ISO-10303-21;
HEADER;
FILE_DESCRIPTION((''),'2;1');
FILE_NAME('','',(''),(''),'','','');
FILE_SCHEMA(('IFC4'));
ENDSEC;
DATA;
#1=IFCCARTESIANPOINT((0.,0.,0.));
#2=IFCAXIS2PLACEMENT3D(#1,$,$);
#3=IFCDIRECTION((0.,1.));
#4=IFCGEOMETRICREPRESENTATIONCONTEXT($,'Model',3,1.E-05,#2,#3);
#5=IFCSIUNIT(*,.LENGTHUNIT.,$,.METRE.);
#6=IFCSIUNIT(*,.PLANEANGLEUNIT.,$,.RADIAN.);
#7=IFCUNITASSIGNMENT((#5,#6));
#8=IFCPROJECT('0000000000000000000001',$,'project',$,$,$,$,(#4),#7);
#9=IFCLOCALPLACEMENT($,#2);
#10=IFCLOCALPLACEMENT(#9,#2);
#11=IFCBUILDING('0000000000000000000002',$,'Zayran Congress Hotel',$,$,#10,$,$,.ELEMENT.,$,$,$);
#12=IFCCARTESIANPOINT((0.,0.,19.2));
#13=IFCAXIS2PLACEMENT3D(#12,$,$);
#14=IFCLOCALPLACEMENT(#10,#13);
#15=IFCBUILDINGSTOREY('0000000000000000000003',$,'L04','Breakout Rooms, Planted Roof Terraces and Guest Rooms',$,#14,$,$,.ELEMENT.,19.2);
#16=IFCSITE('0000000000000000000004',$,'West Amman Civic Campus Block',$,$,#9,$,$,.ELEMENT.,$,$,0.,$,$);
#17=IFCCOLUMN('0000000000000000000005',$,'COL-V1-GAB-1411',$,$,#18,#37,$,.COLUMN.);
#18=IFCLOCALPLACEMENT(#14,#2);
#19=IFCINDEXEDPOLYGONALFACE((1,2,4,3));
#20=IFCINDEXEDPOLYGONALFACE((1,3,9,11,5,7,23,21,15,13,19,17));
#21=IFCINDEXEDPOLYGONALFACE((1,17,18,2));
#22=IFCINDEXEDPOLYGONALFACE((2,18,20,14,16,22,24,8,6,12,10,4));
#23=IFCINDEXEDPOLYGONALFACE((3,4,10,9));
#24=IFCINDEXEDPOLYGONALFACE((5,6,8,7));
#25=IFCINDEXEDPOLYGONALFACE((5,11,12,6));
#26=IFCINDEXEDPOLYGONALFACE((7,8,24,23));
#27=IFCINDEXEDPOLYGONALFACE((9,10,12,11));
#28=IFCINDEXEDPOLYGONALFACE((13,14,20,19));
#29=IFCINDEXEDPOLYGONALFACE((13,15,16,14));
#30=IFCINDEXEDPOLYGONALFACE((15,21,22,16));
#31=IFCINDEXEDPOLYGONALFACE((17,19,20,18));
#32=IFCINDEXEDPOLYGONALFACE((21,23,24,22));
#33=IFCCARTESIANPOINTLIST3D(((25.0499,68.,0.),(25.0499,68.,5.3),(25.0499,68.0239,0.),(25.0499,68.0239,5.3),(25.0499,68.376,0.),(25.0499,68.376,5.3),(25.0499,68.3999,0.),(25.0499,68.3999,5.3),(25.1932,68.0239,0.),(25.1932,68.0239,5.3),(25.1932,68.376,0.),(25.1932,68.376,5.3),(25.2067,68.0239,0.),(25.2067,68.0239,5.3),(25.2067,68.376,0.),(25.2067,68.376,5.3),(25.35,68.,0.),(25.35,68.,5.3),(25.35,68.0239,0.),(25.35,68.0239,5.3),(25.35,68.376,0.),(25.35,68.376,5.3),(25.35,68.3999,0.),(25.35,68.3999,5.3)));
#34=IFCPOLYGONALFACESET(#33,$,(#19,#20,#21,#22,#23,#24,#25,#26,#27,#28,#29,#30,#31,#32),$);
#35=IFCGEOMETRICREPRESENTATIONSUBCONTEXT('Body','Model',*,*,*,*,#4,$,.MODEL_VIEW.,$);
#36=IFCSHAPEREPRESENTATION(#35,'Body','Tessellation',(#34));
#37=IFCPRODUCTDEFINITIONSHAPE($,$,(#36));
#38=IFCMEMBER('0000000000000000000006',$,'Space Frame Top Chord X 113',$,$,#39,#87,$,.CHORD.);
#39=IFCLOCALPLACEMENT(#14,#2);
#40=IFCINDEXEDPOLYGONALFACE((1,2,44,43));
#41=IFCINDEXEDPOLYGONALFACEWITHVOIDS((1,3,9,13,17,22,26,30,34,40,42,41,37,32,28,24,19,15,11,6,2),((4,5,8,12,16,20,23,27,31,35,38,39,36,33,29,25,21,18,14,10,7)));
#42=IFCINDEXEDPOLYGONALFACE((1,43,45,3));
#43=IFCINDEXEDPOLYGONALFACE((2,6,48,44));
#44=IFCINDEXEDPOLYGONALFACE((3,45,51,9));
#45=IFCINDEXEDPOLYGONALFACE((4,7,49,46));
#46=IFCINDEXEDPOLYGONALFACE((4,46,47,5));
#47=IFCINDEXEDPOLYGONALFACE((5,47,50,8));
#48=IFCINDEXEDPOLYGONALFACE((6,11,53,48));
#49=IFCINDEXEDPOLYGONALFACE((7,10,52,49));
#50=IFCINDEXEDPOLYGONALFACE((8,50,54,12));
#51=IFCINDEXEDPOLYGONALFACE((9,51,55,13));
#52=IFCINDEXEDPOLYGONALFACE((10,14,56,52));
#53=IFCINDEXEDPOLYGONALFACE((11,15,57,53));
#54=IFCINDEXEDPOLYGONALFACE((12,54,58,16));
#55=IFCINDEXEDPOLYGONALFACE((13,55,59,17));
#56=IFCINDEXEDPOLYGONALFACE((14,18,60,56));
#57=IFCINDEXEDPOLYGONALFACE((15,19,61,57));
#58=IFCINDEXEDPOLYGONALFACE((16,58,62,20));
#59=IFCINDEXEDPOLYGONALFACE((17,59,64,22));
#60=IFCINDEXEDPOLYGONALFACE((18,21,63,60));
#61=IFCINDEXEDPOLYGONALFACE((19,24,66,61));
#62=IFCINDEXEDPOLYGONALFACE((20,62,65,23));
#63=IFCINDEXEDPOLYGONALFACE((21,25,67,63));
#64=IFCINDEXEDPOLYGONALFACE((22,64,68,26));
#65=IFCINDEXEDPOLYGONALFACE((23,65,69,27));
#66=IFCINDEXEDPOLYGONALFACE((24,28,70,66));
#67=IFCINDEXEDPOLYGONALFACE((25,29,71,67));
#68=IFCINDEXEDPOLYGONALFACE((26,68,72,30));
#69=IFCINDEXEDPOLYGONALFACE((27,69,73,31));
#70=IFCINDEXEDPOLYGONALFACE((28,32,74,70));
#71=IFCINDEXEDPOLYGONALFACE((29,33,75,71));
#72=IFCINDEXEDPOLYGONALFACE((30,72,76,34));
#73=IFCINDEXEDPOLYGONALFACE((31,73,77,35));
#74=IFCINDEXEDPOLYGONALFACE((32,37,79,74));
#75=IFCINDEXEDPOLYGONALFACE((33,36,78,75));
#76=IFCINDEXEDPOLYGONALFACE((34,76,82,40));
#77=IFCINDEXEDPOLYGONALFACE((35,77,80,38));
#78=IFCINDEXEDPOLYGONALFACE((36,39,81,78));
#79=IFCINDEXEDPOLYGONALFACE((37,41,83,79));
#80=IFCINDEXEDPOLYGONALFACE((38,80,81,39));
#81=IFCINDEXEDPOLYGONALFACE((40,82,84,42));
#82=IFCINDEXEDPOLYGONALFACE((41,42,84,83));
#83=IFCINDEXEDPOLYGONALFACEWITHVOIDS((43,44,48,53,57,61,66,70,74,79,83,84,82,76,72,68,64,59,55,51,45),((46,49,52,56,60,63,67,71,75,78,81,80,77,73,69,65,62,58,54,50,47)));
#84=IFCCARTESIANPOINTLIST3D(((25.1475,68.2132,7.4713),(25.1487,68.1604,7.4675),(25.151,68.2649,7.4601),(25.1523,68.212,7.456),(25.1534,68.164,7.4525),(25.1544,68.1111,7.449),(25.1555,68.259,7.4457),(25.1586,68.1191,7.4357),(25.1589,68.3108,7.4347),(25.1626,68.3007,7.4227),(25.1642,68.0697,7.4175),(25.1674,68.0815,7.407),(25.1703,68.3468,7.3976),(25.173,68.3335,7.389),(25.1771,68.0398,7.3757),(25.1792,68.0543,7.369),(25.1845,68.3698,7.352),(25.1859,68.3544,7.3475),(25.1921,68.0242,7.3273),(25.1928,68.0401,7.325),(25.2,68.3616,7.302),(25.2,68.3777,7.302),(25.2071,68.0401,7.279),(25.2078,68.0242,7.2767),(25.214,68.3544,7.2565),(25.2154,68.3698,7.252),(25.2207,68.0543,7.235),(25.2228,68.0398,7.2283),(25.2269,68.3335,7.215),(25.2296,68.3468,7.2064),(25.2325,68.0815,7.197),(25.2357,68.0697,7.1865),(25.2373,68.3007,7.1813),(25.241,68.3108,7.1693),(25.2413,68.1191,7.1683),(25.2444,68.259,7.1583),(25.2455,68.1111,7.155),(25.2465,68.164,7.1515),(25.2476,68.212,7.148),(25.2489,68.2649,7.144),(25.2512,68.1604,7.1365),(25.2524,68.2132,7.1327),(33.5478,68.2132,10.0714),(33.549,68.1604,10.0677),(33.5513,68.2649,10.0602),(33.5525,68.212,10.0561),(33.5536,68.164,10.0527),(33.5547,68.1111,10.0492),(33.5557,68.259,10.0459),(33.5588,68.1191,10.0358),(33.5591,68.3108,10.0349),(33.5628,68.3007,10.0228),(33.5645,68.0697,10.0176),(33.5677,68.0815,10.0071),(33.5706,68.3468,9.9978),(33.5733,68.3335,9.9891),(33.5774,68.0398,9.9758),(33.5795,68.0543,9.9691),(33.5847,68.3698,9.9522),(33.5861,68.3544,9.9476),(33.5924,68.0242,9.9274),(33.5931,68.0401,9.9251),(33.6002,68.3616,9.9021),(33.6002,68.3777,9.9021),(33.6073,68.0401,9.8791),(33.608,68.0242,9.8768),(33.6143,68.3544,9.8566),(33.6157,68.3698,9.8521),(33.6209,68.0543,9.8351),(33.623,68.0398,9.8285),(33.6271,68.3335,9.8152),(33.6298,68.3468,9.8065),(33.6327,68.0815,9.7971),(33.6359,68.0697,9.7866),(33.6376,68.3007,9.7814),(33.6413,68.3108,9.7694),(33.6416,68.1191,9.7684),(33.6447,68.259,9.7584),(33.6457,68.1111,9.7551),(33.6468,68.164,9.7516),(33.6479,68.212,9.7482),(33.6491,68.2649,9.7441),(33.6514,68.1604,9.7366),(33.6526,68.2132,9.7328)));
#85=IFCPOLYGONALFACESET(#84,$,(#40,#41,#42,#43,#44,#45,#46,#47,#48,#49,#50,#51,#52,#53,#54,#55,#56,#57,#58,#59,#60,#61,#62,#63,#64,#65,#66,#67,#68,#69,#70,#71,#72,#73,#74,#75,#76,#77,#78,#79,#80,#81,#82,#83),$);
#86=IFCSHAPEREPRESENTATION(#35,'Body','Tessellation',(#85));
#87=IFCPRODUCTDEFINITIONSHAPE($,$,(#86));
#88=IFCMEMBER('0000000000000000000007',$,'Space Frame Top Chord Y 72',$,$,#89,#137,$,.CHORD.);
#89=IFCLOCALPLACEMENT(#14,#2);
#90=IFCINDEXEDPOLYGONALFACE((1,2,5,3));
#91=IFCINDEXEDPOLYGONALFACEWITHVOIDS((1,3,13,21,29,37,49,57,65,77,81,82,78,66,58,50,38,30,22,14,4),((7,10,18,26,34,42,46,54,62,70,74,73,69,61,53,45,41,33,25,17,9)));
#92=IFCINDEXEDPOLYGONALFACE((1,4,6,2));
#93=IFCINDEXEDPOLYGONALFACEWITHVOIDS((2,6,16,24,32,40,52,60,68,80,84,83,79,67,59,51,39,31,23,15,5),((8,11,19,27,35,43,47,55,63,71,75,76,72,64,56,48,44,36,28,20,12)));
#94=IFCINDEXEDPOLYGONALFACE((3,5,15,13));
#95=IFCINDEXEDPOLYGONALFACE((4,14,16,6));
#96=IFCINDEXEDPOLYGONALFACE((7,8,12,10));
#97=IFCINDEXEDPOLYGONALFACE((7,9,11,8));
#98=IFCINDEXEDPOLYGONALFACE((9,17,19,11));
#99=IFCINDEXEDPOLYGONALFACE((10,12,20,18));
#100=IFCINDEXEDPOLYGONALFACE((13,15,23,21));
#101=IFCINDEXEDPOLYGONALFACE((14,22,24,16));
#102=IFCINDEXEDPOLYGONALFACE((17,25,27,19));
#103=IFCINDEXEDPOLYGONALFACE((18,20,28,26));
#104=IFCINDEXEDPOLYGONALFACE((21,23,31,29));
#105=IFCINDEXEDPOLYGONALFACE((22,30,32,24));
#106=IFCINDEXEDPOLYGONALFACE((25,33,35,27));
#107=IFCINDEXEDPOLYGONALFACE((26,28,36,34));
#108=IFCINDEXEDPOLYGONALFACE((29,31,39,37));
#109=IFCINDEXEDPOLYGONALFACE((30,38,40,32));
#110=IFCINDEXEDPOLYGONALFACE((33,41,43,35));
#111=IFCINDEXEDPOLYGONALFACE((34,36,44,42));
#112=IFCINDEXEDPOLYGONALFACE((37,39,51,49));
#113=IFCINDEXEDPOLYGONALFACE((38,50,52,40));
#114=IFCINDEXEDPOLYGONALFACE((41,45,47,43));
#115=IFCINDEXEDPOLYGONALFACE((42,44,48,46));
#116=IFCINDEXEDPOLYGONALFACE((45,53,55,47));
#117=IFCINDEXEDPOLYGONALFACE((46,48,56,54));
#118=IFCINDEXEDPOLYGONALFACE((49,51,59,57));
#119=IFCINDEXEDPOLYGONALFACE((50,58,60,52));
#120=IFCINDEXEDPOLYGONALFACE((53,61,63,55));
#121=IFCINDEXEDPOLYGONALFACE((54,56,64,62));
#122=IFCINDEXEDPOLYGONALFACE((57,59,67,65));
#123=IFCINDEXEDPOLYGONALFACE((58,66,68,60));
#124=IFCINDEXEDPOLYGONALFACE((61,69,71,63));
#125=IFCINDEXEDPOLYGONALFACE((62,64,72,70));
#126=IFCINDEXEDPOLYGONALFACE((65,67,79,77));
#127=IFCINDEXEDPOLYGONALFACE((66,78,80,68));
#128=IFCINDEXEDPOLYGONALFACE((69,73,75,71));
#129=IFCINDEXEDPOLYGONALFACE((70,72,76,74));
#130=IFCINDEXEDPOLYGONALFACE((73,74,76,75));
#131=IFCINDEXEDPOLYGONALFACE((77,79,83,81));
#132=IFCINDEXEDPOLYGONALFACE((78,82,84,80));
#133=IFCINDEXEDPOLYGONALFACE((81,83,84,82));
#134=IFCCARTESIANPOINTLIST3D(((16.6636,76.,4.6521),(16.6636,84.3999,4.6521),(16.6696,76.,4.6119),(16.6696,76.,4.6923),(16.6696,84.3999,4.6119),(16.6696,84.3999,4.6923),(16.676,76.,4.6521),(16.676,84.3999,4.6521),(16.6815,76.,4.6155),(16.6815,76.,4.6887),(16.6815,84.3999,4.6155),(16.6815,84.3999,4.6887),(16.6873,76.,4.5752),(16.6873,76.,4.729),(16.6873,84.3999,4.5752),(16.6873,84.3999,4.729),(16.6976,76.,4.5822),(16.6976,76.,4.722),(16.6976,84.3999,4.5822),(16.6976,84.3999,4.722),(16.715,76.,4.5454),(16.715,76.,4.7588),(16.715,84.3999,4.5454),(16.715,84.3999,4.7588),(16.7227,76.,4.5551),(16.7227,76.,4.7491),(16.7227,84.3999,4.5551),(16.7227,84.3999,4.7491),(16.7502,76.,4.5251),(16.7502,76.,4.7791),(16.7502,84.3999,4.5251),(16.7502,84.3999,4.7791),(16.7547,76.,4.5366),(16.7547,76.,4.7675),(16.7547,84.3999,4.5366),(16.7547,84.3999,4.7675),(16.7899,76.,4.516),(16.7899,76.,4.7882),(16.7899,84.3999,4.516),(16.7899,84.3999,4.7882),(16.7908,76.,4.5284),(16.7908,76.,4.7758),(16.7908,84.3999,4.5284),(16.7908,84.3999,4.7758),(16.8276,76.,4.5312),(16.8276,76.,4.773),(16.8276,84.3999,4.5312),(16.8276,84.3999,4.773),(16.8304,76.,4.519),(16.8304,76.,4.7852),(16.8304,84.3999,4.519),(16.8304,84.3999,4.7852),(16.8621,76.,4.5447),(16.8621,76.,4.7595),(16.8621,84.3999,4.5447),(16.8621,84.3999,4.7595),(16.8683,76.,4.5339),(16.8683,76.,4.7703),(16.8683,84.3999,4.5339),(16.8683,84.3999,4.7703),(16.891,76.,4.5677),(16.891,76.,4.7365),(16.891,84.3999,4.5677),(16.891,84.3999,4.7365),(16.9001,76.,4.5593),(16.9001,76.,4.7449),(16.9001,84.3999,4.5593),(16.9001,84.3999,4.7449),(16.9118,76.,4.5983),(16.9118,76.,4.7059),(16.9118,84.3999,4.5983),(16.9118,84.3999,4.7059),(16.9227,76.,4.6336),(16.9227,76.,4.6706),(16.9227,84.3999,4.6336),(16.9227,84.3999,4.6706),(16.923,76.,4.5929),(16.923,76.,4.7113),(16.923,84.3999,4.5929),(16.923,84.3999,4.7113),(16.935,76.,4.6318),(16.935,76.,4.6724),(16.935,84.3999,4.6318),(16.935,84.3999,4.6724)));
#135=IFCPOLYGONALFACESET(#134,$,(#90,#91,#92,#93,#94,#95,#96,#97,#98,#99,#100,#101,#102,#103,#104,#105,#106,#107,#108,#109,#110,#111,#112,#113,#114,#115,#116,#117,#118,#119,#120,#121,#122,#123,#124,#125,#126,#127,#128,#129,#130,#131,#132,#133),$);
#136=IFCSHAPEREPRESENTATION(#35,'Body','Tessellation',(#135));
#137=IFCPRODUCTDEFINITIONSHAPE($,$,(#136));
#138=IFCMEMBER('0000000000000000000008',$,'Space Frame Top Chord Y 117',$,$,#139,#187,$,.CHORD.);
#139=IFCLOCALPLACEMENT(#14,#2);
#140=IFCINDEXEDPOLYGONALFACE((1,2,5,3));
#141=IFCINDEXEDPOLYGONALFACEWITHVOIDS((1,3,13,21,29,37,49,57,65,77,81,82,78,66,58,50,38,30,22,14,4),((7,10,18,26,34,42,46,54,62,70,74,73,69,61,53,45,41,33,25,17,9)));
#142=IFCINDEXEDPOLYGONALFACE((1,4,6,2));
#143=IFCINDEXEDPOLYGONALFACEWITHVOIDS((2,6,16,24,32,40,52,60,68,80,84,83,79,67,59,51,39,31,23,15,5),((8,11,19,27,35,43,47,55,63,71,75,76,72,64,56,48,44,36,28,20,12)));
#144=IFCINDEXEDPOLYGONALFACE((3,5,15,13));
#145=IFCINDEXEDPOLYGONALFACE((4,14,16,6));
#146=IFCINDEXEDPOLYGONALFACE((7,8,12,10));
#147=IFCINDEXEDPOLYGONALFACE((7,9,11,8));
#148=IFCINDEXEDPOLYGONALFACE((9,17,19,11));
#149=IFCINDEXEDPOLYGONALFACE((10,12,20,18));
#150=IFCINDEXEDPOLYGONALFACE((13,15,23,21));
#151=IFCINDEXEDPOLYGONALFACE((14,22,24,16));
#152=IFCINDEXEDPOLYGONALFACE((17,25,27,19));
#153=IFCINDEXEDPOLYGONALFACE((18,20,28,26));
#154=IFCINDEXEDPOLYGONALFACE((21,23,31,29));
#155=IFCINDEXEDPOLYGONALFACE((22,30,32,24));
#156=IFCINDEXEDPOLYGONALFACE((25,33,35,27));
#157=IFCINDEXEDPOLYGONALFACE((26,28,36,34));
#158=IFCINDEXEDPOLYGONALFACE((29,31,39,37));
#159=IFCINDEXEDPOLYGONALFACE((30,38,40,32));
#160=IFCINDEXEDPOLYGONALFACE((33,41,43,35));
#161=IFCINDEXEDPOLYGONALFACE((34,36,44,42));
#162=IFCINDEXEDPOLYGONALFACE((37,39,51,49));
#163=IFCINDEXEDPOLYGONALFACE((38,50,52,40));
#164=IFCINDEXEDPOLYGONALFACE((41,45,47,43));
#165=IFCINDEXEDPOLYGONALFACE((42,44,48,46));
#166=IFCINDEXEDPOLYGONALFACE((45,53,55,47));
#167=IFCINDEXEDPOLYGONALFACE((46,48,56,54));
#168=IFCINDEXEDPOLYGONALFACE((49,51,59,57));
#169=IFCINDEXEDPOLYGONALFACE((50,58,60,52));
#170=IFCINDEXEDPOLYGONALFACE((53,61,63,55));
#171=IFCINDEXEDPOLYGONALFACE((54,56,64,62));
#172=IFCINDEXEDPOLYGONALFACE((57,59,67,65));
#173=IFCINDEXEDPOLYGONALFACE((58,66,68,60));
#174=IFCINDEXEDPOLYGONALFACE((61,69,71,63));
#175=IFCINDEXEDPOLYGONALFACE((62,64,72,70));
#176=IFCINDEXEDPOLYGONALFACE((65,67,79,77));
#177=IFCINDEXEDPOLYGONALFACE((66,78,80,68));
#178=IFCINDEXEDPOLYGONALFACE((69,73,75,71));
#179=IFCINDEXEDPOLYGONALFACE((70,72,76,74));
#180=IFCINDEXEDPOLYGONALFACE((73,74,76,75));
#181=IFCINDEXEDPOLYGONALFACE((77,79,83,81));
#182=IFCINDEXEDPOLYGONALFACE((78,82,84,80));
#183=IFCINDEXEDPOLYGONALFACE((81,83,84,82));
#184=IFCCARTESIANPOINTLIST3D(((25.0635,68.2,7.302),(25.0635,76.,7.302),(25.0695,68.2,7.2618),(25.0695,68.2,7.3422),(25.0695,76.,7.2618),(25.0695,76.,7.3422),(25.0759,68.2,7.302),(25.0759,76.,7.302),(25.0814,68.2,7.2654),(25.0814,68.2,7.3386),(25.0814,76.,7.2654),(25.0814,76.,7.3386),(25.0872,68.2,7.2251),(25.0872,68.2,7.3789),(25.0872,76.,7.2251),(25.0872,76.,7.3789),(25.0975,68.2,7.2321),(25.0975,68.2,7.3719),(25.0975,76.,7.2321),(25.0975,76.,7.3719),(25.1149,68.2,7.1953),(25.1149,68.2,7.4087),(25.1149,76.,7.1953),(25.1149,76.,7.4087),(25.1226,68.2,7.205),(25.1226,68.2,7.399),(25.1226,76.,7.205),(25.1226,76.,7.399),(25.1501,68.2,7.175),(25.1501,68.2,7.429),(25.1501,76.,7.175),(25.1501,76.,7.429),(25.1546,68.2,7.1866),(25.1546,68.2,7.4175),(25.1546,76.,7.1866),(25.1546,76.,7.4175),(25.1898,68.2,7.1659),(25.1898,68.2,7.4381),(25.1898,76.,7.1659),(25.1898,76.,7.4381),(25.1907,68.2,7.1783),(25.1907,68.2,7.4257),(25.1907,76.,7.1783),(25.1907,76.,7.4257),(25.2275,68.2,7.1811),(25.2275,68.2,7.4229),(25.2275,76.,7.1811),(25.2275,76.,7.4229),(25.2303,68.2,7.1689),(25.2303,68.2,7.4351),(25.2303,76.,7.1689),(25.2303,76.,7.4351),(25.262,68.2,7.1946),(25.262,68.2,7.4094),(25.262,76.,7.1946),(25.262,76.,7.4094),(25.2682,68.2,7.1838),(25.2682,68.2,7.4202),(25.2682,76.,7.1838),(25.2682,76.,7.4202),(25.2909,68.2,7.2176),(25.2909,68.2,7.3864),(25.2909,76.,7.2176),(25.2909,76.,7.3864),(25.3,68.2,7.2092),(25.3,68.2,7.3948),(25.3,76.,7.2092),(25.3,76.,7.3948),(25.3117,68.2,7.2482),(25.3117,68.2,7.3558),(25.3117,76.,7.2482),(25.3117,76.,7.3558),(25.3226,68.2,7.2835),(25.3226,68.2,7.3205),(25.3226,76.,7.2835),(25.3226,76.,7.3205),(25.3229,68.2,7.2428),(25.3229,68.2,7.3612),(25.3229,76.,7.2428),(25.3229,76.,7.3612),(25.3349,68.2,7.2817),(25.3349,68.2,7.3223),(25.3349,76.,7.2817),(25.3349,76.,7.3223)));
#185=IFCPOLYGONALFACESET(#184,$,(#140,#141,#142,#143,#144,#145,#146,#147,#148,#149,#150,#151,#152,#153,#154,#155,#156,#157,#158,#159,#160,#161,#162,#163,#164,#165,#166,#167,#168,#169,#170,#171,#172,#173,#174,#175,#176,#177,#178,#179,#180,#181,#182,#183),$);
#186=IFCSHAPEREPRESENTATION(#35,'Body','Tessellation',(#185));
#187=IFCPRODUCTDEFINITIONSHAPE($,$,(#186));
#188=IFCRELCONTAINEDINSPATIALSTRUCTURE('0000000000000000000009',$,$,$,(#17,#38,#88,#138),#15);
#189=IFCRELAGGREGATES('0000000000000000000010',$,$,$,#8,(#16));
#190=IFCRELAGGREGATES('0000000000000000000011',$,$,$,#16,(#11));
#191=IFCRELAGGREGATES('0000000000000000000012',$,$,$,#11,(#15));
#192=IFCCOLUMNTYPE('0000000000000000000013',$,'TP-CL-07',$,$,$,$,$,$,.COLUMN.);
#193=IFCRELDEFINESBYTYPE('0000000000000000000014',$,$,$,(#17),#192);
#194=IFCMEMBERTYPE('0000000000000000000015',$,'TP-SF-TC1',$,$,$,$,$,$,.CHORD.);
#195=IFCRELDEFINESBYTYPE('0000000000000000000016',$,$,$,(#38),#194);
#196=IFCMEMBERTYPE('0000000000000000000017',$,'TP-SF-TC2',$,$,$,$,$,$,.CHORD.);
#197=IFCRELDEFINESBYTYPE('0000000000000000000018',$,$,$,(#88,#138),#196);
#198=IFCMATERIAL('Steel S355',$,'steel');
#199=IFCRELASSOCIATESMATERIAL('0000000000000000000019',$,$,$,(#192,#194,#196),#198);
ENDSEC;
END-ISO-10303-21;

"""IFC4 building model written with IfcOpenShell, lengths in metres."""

from ifc_helpers import new_model, si_unit, direction, frame, origin, origin_2d, place, context, subcontext, project, spatial, hollow_circle, i_section, extrude, material, material_profile, profile_set, type_object, element, save


model = new_model("IFC4")

# Units and contexts
model_context = context("Model", 3, precision=1e-05, world=origin(), true_north=direction((0.0, 1.0)))
body_context = subcontext(model_context, "Body", "Model", "MODEL_VIEW")
ifc_project = project(units=[si_unit("LENGTHUNIT", "METRE"), si_unit("PLANEANGLEUNIT", "RADIAN")], contexts=[model_context])

# Site, building, storey
site_placement = place(None, origin())
site = spatial("IfcSite", under=ifc_project, at=site_placement, Name="West Amman Civic Campus Block", CompositionType="ELEMENT", RefElevation=0.0)
building_placement = place(site_placement, origin())
building = spatial("IfcBuilding", under=site, at=building_placement, Name="Zayran Congress Hotel", CompositionType="ELEMENT")
storey_placement = place(building_placement, frame((0.0, 0.0, 19.2)))
storey = spatial("IfcBuildingStorey", under=building, at=storey_placement, Name="L04", Description="Breakout Rooms, Planted Roof Terraces and Guest Rooms", CompositionType="ELEMENT", Elevation=19.2)

# Column
ifc_material = material(Name="Steel S355", Category="steel")
ifc_material_profile_1 = material_profile(ifc_material, i_section(OverallWidth=0.3, OverallDepth=0.3999, WebThickness=0.0134, FlangeThickness=0.0239, at=origin_2d()), Name="HEB 400")
ifc_profile_set_1 = profile_set([ifc_material_profile_1], Name="Steel S355")
column_type = type_object("IfcColumnType", Name="TP-CL-07", PredefinedType="COLUMN", material=ifc_profile_set_1)
column_placement = place(storey_placement, frame((25.2, 68.2, 0.0), z_axis=(0.0, 0.0, 1.0), x_axis=(1.0, 0.0, 0.0)))
element("IfcColumn", 1, at=column_placement, inside=storey, type_object=column_type, Name="COL-V1-GAB-1411", PredefinedType="COLUMN", context=body_context, shape_type="SweptSolid", body=[
    extrude(i_section(OverallWidth=0.3, OverallDepth=0.3999, WebThickness=0.0134, FlangeThickness=0.0239, at=origin_2d()), origin(), (0.0, 0.0, 1.0), 5.3),
])

# Members
ifc_material_profile_2 = material_profile(ifc_material, hollow_circle(Radius=0.1777, WallThickness=0.0161, at=origin_2d()), Name="CHS 355.6x16")
ifc_profile_set_2 = profile_set([ifc_material_profile_2], Name="Steel S355")
member_type_1 = type_object("IfcMemberType", Name="TP-SF-TC1", PredefinedType="CHORD", material=ifc_profile_set_2)
member_1_placement = place(storey_placement, frame((25.2, 68.2, 7.302), z_axis=(0.955284, 0.0, 0.295689), x_axis=(0.0, 1.0, 0.0)))
element("IfcMember", 2, at=member_1_placement, inside=storey, type_object=member_type_1, Name="Space Frame Top Chord X 113", PredefinedType="CHORD", context=body_context, shape_type="SweptSolid", body=[
    extrude(hollow_circle(Radius=0.1777, WallThickness=0.0161, at=origin_2d()), origin(), (0.0, 0.0, 1.0), 8.7935),
])
ifc_material_profile_3 = material_profile(ifc_material, hollow_circle(Radius=0.1365, WallThickness=0.0125, at=origin_2d()), Name="CHS 273x12.5")
ifc_profile_set_3 = profile_set([ifc_material_profile_3], Name="Steel S355")
member_type_2 = type_object("IfcMemberType", Name="TP-SF-TC2", PredefinedType="CHORD", material=ifc_profile_set_3)
member_2_placement = place(storey_placement, frame((16.8, 76.0, 4.6521), z_axis=(0.0, 1.0, 0.0), x_axis=(-1.0, 0.0, 0.0)))
element("IfcMember", 3, at=member_2_placement, inside=storey, type_object=member_type_2, Name="Space Frame Top Chord Y 72", PredefinedType="CHORD", context=body_context, shape_type="SweptSolid", body=[
    extrude(hollow_circle(Radius=0.1365, WallThickness=0.0125, at=origin_2d()), origin(), (0.0, 0.0, 1.0), 8.3999),
])
member_3_placement = place(storey_placement, frame((25.2, 68.2, 7.302), z_axis=(0.0, 1.0, 0.0), x_axis=(-1.0, 0.0, 0.0)))
element("IfcMember", 4, at=member_3_placement, inside=storey, type_object=member_type_2, Name="Space Frame Top Chord Y 117", PredefinedType="CHORD", context=body_context, shape_type="SweptSolid", body=[
    extrude(hollow_circle(Radius=0.1365, WallThickness=0.0125, at=origin_2d()), origin(), (0.0, 0.0, 1.0), 7.8),
])

save(model, "model.ifc")
